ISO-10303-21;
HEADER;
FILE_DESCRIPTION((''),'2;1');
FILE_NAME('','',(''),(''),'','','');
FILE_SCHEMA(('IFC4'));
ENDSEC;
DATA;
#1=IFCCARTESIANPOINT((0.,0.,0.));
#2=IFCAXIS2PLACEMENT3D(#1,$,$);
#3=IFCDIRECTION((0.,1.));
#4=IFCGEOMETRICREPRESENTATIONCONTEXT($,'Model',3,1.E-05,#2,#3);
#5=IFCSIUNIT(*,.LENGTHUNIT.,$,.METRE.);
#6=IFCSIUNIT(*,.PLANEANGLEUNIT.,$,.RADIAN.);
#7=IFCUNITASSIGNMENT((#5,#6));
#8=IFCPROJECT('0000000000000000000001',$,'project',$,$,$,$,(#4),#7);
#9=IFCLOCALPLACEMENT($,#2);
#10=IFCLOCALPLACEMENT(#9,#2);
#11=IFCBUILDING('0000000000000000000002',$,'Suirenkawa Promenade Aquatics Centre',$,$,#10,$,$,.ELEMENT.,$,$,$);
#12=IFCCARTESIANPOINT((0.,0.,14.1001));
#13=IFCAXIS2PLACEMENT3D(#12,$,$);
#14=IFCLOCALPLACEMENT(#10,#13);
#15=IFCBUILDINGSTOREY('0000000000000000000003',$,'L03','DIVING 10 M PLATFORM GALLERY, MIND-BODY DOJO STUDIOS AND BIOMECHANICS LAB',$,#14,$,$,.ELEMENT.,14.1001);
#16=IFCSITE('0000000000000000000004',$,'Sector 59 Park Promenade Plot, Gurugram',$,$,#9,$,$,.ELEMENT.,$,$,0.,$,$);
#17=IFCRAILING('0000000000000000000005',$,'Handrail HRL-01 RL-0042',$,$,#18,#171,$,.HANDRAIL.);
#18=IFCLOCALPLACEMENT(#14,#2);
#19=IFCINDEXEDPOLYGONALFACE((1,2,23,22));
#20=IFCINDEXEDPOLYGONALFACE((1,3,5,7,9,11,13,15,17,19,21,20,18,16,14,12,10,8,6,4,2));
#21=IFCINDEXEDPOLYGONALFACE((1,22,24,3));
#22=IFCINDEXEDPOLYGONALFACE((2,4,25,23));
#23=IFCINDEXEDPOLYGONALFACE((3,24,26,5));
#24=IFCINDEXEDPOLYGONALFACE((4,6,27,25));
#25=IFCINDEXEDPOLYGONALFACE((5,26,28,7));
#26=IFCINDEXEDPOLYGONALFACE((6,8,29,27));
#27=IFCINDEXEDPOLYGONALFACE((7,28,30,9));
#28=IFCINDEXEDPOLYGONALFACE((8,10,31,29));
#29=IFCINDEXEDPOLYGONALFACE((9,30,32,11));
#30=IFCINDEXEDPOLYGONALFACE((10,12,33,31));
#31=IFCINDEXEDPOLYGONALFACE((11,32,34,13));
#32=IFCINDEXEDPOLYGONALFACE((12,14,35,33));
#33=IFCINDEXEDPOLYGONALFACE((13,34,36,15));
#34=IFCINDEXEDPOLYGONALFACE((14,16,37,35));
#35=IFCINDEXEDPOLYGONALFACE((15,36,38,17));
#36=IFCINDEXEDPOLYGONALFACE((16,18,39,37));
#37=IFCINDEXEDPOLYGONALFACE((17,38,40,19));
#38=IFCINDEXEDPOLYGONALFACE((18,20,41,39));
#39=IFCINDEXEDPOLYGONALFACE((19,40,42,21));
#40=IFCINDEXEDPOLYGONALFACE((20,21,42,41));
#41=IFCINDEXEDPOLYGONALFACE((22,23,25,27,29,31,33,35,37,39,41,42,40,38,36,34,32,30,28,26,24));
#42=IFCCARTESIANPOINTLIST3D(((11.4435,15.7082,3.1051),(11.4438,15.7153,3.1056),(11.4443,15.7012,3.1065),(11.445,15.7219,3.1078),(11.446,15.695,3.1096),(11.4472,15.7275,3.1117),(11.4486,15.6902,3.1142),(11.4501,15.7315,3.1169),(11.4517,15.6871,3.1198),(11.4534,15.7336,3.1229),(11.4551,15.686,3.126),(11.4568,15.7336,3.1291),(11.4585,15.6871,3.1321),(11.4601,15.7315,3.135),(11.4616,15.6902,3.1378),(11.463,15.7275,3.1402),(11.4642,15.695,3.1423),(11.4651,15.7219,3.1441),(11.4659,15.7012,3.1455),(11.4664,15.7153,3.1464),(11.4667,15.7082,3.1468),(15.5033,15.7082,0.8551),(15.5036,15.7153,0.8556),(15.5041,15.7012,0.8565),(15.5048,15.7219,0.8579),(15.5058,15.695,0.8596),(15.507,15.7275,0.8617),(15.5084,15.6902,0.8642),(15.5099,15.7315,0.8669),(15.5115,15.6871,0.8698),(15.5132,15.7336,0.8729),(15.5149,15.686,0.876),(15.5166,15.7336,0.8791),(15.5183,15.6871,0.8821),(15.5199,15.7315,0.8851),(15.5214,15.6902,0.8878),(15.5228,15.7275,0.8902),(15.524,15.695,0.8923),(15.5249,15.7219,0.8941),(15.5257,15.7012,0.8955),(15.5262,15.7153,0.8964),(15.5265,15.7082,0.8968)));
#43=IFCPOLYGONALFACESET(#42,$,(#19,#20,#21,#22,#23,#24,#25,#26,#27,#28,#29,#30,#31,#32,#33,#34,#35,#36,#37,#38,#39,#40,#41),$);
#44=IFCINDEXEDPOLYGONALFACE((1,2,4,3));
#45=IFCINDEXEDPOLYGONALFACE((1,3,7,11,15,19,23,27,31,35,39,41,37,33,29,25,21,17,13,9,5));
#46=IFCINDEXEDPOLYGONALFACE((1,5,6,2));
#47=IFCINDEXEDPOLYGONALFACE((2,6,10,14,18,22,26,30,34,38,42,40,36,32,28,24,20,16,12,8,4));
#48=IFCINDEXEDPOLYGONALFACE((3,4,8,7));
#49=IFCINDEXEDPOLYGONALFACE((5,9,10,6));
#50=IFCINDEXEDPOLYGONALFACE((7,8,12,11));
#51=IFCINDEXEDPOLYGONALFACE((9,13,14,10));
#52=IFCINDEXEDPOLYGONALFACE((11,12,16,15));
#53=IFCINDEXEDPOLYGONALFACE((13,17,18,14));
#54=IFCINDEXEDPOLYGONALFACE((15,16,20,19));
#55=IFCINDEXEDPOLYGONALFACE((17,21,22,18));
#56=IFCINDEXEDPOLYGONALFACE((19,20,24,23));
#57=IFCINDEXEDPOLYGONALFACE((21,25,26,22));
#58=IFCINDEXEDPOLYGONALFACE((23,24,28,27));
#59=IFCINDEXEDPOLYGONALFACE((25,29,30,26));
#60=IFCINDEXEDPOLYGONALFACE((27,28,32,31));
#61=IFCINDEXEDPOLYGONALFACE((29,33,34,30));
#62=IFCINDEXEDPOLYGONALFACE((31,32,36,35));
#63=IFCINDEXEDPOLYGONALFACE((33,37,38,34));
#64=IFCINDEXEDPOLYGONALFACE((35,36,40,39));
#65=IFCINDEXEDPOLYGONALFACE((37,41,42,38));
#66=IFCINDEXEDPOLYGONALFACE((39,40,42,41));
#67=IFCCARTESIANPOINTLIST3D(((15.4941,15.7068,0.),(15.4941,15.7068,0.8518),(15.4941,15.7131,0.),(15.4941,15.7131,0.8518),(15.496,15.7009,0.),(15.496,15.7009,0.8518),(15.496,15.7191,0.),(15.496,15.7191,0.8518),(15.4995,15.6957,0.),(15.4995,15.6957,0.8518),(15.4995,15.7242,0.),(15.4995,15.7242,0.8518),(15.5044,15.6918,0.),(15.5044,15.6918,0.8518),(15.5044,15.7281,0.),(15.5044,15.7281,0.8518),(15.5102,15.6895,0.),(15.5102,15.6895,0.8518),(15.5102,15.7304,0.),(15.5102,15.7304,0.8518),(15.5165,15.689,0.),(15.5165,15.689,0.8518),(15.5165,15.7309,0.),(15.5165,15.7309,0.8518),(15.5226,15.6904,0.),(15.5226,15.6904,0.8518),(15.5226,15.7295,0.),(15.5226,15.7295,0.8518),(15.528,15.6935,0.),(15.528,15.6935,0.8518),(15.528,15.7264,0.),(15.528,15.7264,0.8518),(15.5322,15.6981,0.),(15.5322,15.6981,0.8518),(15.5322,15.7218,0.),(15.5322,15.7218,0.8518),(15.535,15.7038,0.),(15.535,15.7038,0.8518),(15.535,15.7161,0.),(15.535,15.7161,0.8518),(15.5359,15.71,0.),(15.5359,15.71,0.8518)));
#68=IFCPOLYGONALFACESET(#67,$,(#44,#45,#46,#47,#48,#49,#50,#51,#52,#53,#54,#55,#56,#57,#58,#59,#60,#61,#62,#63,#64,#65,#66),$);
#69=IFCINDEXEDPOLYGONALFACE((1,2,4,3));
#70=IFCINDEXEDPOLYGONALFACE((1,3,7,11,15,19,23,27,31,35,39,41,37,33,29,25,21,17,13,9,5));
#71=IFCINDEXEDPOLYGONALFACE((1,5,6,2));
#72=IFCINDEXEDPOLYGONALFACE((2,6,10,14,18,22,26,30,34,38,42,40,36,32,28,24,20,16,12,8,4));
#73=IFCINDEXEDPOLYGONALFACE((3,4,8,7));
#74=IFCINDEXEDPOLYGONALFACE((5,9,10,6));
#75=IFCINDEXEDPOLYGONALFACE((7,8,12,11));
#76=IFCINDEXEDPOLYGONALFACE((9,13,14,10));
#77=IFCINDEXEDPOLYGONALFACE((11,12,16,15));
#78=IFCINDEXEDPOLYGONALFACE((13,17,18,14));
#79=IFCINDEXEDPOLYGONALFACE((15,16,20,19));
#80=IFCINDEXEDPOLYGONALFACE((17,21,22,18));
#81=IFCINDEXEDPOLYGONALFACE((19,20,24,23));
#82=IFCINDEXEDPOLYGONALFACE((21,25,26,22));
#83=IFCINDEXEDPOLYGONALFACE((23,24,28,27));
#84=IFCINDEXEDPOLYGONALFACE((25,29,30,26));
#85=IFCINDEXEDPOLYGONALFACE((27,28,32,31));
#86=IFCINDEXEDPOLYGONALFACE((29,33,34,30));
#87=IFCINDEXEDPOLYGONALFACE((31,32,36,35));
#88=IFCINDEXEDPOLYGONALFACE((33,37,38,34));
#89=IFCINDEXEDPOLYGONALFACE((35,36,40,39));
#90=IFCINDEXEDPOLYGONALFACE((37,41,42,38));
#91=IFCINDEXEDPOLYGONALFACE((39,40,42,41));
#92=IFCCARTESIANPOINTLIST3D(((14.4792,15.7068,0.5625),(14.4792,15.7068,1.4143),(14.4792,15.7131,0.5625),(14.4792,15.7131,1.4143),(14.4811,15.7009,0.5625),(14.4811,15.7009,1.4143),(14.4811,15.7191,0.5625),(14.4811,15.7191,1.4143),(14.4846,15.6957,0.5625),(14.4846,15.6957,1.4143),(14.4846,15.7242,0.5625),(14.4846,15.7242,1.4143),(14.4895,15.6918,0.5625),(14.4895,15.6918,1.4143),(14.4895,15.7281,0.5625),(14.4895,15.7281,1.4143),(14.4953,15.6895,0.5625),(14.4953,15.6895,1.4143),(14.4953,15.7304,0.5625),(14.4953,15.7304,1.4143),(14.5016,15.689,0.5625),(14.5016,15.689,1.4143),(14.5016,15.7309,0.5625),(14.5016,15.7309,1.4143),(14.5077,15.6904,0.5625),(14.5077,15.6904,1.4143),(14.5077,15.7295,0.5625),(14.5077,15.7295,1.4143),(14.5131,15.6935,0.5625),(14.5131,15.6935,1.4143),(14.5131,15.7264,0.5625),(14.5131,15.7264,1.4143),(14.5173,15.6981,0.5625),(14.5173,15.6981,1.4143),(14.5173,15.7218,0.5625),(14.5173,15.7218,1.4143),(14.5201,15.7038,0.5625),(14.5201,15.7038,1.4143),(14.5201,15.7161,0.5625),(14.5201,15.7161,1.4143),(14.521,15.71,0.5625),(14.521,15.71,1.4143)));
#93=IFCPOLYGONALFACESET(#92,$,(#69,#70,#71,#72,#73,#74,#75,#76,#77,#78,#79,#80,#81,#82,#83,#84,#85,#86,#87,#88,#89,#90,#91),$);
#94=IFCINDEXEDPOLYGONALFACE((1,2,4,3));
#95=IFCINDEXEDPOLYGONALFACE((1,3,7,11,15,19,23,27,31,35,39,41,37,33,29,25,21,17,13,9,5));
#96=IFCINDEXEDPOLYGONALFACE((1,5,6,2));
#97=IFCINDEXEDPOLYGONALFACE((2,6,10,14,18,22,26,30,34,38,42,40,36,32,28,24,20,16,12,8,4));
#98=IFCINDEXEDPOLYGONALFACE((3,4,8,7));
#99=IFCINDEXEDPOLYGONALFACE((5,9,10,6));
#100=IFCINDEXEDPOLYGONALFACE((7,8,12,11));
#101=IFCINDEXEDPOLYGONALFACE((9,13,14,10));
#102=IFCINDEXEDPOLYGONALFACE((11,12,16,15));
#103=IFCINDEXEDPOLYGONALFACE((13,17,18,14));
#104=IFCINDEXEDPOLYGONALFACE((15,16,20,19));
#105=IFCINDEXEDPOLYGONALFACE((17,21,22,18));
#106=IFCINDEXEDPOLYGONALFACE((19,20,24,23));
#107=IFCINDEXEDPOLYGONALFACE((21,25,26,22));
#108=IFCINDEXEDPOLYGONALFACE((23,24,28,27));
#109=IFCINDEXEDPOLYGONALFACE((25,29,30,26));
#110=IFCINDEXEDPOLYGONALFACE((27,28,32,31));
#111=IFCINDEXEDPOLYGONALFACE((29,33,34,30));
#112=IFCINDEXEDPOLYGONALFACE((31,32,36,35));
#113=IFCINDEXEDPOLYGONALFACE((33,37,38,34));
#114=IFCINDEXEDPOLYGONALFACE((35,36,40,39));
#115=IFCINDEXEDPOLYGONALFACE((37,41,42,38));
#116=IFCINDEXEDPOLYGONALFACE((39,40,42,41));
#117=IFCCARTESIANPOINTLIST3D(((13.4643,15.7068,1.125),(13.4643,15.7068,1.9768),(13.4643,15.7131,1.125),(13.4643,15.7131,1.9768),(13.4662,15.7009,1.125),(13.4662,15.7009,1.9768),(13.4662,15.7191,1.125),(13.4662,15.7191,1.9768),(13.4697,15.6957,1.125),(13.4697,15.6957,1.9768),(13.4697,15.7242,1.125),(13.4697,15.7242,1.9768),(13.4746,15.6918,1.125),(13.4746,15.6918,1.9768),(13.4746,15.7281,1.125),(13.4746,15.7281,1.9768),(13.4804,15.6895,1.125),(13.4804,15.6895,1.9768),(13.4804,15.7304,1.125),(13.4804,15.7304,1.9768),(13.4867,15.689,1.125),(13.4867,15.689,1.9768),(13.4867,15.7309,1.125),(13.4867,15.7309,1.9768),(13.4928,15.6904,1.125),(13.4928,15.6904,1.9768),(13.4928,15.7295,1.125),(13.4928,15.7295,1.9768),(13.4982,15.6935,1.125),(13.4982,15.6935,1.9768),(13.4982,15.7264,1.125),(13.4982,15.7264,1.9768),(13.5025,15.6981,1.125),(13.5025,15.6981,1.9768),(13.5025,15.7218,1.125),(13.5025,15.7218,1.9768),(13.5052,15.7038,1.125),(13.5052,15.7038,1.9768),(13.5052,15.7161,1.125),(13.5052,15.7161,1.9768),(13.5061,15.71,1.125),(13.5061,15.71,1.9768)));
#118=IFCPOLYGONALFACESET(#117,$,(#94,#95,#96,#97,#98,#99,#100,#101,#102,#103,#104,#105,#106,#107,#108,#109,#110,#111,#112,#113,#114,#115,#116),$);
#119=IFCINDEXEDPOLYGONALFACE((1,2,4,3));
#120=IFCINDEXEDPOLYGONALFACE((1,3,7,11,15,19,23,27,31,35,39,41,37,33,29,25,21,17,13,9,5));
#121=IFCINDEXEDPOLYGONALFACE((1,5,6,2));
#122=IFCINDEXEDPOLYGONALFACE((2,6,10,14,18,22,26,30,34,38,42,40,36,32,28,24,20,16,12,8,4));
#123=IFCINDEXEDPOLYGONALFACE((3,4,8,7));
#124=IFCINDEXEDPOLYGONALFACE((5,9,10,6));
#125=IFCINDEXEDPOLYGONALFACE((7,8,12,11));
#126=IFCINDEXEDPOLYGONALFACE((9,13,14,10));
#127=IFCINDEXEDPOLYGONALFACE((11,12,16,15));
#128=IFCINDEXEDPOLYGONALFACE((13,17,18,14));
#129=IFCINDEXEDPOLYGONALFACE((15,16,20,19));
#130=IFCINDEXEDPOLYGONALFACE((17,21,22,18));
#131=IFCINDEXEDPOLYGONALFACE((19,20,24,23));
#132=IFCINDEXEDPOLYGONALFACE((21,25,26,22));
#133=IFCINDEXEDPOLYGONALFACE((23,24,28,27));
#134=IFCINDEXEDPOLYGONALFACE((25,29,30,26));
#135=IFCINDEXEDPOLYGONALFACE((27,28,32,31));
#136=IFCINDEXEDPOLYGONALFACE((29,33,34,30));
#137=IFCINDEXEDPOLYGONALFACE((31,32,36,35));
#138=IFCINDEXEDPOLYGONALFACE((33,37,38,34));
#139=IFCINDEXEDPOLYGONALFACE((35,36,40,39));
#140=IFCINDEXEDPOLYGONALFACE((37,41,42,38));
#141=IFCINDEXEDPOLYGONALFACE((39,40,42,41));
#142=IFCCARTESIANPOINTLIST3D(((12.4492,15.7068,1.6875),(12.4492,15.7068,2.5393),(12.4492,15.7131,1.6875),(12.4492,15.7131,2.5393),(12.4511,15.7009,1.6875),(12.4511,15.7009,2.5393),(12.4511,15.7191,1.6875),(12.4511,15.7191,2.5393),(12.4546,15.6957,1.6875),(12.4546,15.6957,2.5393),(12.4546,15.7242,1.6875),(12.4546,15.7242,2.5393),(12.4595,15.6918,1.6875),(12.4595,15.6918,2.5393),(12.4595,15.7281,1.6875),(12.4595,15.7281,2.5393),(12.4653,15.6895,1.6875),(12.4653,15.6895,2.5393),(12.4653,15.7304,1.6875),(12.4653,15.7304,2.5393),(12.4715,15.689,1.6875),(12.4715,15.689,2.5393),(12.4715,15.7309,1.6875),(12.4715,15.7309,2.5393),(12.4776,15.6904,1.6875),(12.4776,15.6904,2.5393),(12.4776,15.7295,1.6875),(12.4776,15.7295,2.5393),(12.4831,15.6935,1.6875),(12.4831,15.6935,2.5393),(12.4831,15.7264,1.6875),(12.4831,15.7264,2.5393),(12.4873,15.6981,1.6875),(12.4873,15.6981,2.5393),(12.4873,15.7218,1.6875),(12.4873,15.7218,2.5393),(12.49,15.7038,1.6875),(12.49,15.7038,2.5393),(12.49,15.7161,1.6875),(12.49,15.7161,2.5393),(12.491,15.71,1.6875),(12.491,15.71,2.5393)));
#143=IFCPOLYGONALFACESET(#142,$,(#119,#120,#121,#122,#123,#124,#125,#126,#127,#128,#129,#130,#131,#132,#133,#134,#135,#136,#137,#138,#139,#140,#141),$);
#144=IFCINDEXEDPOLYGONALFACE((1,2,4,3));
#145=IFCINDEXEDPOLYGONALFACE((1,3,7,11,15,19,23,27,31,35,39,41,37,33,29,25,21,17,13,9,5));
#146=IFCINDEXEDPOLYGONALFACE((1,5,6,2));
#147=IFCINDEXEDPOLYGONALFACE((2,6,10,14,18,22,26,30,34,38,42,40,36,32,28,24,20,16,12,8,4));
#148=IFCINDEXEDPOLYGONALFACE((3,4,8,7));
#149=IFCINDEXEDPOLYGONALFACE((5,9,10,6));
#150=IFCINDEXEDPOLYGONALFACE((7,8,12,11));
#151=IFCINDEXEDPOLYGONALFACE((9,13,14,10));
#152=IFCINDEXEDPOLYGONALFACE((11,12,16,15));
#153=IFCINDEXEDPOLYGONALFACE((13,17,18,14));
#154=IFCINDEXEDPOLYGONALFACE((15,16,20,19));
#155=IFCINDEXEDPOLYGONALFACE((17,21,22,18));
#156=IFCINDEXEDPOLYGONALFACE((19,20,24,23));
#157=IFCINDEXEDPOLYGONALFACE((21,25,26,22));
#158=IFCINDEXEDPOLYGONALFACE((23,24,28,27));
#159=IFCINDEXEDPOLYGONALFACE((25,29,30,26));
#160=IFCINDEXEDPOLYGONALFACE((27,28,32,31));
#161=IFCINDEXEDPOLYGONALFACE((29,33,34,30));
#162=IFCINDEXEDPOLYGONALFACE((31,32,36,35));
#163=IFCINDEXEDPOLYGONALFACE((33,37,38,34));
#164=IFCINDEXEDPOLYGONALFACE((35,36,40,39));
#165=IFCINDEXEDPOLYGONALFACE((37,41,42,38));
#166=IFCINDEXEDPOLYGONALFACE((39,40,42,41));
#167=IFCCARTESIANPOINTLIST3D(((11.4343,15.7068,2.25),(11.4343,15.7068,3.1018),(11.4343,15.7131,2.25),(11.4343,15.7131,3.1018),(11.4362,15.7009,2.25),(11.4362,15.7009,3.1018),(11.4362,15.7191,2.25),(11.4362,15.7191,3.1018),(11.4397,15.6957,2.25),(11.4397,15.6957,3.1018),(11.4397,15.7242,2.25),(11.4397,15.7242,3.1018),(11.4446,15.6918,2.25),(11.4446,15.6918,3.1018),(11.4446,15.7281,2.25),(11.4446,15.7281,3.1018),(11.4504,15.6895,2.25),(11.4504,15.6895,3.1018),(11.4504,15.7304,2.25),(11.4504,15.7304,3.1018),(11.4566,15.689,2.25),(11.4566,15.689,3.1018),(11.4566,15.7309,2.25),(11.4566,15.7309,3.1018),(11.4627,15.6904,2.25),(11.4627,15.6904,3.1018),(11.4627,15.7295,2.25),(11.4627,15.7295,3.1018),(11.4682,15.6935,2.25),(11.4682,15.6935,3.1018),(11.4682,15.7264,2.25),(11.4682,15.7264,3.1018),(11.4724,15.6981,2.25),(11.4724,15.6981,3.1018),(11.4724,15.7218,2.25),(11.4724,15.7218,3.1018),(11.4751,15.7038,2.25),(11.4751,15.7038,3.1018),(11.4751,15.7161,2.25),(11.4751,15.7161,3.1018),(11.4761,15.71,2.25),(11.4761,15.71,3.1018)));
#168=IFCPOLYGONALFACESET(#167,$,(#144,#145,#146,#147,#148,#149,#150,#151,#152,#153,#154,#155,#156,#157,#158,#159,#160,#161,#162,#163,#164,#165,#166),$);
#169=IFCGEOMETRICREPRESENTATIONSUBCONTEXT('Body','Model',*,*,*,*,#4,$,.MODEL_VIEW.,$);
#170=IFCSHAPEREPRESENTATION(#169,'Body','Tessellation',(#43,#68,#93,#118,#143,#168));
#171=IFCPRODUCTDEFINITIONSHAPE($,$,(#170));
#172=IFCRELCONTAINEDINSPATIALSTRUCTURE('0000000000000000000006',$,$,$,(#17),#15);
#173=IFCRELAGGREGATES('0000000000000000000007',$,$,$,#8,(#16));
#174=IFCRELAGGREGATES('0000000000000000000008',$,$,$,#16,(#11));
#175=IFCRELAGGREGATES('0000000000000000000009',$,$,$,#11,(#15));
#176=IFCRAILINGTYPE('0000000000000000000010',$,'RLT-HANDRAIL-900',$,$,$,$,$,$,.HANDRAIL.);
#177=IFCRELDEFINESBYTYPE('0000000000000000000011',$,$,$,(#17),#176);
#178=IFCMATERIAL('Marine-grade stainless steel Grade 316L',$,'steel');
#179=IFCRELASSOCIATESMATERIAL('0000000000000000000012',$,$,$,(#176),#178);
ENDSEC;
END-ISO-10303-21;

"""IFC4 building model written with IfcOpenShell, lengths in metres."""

from ifc_helpers import new_model, si_unit, direction, frame, origin, origin_2d, place, context, subcontext, project, spatial, circle, extrude, material, type_object, element, save


model = new_model("IFC4")

# Units and contexts
model_context = context("Model", 3, precision=1e-05, world=origin(), true_north=direction((0.0, 1.0)))
body_context = subcontext(model_context, "Body", "Model", "MODEL_VIEW")
ifc_project = project(units=[si_unit("LENGTHUNIT", "METRE"), si_unit("PLANEANGLEUNIT", "RADIAN")], contexts=[model_context])

# Site, building, storey
site_placement = place(None, origin())
site = spatial("IfcSite", under=ifc_project, at=site_placement, Name="Sector 59 Park Promenade Plot, Gurugram", CompositionType="ELEMENT", RefElevation=0.0)
building_placement = place(site_placement, origin())
building = spatial("IfcBuilding", under=site, at=building_placement, Name="Suirenkawa Promenade Aquatics Centre", CompositionType="ELEMENT")
storey_placement = place(building_placement, frame((0.0, 0.0, 14.1001)))
storey = spatial("IfcBuildingStorey", under=building, at=storey_placement, Name="L03", Description="DIVING 10 M PLATFORM GALLERY, MIND-BODY DOJO STUDIOS AND BIOMECHANICS LAB", CompositionType="ELEMENT", Elevation=14.1001)

# Railing
ifc_material_1 = material(Name="Marine-grade stainless steel Grade 316L", Category="steel")
railing_type_1 = type_object("IfcRailingType", Name="RLT-HANDRAIL-900", PredefinedType="HANDRAIL", material=ifc_material_1)
for number, where, name in (
    (1, (15.5149, 15.71, 0.0), "Handrail HRL-01 RL-0042"),
):
    element("IfcRailing", number, at=place(storey_placement, frame(where)), inside=storey, type_object=railing_type_1, Name=name, PredefinedType="HANDRAIL", context=body_context, shape_type="SweptSolid", body=[
        extrude(circle(Radius=0.0239, at=origin_2d()), frame((0.0, 0.0, 0.876), z_axis=(-0.874656, 0.0, 0.484745), x_axis=(0.0, -1.0, 0.0)), (0.0, 0.0, 1.0), 4.6416),
        extrude(circle(Radius=0.021, at=origin_2d()), origin(), (0.0, 0.0, 1.0), 0.8518),
        extrude(circle(Radius=0.021, at=origin_2d()), frame((-1.0149, 0.0, 0.5625)), (0.0, 0.0, 1.0), 0.8518),
        extrude(circle(Radius=0.021, at=origin_2d()), frame((-2.0298, 0.0, 1.125)), (0.0, 0.0, 1.0), 0.8518),
        extrude(circle(Radius=0.021, at=origin_2d()), frame((-3.0449, 0.0, 1.6875)), (0.0, 0.0, 1.0), 0.8518),
        extrude(circle(Radius=0.021, at=origin_2d()), frame((-4.0598, 0.0, 2.25)), (0.0, 0.0, 1.0), 0.8518),
    ])

save(model, "model.ifc")
